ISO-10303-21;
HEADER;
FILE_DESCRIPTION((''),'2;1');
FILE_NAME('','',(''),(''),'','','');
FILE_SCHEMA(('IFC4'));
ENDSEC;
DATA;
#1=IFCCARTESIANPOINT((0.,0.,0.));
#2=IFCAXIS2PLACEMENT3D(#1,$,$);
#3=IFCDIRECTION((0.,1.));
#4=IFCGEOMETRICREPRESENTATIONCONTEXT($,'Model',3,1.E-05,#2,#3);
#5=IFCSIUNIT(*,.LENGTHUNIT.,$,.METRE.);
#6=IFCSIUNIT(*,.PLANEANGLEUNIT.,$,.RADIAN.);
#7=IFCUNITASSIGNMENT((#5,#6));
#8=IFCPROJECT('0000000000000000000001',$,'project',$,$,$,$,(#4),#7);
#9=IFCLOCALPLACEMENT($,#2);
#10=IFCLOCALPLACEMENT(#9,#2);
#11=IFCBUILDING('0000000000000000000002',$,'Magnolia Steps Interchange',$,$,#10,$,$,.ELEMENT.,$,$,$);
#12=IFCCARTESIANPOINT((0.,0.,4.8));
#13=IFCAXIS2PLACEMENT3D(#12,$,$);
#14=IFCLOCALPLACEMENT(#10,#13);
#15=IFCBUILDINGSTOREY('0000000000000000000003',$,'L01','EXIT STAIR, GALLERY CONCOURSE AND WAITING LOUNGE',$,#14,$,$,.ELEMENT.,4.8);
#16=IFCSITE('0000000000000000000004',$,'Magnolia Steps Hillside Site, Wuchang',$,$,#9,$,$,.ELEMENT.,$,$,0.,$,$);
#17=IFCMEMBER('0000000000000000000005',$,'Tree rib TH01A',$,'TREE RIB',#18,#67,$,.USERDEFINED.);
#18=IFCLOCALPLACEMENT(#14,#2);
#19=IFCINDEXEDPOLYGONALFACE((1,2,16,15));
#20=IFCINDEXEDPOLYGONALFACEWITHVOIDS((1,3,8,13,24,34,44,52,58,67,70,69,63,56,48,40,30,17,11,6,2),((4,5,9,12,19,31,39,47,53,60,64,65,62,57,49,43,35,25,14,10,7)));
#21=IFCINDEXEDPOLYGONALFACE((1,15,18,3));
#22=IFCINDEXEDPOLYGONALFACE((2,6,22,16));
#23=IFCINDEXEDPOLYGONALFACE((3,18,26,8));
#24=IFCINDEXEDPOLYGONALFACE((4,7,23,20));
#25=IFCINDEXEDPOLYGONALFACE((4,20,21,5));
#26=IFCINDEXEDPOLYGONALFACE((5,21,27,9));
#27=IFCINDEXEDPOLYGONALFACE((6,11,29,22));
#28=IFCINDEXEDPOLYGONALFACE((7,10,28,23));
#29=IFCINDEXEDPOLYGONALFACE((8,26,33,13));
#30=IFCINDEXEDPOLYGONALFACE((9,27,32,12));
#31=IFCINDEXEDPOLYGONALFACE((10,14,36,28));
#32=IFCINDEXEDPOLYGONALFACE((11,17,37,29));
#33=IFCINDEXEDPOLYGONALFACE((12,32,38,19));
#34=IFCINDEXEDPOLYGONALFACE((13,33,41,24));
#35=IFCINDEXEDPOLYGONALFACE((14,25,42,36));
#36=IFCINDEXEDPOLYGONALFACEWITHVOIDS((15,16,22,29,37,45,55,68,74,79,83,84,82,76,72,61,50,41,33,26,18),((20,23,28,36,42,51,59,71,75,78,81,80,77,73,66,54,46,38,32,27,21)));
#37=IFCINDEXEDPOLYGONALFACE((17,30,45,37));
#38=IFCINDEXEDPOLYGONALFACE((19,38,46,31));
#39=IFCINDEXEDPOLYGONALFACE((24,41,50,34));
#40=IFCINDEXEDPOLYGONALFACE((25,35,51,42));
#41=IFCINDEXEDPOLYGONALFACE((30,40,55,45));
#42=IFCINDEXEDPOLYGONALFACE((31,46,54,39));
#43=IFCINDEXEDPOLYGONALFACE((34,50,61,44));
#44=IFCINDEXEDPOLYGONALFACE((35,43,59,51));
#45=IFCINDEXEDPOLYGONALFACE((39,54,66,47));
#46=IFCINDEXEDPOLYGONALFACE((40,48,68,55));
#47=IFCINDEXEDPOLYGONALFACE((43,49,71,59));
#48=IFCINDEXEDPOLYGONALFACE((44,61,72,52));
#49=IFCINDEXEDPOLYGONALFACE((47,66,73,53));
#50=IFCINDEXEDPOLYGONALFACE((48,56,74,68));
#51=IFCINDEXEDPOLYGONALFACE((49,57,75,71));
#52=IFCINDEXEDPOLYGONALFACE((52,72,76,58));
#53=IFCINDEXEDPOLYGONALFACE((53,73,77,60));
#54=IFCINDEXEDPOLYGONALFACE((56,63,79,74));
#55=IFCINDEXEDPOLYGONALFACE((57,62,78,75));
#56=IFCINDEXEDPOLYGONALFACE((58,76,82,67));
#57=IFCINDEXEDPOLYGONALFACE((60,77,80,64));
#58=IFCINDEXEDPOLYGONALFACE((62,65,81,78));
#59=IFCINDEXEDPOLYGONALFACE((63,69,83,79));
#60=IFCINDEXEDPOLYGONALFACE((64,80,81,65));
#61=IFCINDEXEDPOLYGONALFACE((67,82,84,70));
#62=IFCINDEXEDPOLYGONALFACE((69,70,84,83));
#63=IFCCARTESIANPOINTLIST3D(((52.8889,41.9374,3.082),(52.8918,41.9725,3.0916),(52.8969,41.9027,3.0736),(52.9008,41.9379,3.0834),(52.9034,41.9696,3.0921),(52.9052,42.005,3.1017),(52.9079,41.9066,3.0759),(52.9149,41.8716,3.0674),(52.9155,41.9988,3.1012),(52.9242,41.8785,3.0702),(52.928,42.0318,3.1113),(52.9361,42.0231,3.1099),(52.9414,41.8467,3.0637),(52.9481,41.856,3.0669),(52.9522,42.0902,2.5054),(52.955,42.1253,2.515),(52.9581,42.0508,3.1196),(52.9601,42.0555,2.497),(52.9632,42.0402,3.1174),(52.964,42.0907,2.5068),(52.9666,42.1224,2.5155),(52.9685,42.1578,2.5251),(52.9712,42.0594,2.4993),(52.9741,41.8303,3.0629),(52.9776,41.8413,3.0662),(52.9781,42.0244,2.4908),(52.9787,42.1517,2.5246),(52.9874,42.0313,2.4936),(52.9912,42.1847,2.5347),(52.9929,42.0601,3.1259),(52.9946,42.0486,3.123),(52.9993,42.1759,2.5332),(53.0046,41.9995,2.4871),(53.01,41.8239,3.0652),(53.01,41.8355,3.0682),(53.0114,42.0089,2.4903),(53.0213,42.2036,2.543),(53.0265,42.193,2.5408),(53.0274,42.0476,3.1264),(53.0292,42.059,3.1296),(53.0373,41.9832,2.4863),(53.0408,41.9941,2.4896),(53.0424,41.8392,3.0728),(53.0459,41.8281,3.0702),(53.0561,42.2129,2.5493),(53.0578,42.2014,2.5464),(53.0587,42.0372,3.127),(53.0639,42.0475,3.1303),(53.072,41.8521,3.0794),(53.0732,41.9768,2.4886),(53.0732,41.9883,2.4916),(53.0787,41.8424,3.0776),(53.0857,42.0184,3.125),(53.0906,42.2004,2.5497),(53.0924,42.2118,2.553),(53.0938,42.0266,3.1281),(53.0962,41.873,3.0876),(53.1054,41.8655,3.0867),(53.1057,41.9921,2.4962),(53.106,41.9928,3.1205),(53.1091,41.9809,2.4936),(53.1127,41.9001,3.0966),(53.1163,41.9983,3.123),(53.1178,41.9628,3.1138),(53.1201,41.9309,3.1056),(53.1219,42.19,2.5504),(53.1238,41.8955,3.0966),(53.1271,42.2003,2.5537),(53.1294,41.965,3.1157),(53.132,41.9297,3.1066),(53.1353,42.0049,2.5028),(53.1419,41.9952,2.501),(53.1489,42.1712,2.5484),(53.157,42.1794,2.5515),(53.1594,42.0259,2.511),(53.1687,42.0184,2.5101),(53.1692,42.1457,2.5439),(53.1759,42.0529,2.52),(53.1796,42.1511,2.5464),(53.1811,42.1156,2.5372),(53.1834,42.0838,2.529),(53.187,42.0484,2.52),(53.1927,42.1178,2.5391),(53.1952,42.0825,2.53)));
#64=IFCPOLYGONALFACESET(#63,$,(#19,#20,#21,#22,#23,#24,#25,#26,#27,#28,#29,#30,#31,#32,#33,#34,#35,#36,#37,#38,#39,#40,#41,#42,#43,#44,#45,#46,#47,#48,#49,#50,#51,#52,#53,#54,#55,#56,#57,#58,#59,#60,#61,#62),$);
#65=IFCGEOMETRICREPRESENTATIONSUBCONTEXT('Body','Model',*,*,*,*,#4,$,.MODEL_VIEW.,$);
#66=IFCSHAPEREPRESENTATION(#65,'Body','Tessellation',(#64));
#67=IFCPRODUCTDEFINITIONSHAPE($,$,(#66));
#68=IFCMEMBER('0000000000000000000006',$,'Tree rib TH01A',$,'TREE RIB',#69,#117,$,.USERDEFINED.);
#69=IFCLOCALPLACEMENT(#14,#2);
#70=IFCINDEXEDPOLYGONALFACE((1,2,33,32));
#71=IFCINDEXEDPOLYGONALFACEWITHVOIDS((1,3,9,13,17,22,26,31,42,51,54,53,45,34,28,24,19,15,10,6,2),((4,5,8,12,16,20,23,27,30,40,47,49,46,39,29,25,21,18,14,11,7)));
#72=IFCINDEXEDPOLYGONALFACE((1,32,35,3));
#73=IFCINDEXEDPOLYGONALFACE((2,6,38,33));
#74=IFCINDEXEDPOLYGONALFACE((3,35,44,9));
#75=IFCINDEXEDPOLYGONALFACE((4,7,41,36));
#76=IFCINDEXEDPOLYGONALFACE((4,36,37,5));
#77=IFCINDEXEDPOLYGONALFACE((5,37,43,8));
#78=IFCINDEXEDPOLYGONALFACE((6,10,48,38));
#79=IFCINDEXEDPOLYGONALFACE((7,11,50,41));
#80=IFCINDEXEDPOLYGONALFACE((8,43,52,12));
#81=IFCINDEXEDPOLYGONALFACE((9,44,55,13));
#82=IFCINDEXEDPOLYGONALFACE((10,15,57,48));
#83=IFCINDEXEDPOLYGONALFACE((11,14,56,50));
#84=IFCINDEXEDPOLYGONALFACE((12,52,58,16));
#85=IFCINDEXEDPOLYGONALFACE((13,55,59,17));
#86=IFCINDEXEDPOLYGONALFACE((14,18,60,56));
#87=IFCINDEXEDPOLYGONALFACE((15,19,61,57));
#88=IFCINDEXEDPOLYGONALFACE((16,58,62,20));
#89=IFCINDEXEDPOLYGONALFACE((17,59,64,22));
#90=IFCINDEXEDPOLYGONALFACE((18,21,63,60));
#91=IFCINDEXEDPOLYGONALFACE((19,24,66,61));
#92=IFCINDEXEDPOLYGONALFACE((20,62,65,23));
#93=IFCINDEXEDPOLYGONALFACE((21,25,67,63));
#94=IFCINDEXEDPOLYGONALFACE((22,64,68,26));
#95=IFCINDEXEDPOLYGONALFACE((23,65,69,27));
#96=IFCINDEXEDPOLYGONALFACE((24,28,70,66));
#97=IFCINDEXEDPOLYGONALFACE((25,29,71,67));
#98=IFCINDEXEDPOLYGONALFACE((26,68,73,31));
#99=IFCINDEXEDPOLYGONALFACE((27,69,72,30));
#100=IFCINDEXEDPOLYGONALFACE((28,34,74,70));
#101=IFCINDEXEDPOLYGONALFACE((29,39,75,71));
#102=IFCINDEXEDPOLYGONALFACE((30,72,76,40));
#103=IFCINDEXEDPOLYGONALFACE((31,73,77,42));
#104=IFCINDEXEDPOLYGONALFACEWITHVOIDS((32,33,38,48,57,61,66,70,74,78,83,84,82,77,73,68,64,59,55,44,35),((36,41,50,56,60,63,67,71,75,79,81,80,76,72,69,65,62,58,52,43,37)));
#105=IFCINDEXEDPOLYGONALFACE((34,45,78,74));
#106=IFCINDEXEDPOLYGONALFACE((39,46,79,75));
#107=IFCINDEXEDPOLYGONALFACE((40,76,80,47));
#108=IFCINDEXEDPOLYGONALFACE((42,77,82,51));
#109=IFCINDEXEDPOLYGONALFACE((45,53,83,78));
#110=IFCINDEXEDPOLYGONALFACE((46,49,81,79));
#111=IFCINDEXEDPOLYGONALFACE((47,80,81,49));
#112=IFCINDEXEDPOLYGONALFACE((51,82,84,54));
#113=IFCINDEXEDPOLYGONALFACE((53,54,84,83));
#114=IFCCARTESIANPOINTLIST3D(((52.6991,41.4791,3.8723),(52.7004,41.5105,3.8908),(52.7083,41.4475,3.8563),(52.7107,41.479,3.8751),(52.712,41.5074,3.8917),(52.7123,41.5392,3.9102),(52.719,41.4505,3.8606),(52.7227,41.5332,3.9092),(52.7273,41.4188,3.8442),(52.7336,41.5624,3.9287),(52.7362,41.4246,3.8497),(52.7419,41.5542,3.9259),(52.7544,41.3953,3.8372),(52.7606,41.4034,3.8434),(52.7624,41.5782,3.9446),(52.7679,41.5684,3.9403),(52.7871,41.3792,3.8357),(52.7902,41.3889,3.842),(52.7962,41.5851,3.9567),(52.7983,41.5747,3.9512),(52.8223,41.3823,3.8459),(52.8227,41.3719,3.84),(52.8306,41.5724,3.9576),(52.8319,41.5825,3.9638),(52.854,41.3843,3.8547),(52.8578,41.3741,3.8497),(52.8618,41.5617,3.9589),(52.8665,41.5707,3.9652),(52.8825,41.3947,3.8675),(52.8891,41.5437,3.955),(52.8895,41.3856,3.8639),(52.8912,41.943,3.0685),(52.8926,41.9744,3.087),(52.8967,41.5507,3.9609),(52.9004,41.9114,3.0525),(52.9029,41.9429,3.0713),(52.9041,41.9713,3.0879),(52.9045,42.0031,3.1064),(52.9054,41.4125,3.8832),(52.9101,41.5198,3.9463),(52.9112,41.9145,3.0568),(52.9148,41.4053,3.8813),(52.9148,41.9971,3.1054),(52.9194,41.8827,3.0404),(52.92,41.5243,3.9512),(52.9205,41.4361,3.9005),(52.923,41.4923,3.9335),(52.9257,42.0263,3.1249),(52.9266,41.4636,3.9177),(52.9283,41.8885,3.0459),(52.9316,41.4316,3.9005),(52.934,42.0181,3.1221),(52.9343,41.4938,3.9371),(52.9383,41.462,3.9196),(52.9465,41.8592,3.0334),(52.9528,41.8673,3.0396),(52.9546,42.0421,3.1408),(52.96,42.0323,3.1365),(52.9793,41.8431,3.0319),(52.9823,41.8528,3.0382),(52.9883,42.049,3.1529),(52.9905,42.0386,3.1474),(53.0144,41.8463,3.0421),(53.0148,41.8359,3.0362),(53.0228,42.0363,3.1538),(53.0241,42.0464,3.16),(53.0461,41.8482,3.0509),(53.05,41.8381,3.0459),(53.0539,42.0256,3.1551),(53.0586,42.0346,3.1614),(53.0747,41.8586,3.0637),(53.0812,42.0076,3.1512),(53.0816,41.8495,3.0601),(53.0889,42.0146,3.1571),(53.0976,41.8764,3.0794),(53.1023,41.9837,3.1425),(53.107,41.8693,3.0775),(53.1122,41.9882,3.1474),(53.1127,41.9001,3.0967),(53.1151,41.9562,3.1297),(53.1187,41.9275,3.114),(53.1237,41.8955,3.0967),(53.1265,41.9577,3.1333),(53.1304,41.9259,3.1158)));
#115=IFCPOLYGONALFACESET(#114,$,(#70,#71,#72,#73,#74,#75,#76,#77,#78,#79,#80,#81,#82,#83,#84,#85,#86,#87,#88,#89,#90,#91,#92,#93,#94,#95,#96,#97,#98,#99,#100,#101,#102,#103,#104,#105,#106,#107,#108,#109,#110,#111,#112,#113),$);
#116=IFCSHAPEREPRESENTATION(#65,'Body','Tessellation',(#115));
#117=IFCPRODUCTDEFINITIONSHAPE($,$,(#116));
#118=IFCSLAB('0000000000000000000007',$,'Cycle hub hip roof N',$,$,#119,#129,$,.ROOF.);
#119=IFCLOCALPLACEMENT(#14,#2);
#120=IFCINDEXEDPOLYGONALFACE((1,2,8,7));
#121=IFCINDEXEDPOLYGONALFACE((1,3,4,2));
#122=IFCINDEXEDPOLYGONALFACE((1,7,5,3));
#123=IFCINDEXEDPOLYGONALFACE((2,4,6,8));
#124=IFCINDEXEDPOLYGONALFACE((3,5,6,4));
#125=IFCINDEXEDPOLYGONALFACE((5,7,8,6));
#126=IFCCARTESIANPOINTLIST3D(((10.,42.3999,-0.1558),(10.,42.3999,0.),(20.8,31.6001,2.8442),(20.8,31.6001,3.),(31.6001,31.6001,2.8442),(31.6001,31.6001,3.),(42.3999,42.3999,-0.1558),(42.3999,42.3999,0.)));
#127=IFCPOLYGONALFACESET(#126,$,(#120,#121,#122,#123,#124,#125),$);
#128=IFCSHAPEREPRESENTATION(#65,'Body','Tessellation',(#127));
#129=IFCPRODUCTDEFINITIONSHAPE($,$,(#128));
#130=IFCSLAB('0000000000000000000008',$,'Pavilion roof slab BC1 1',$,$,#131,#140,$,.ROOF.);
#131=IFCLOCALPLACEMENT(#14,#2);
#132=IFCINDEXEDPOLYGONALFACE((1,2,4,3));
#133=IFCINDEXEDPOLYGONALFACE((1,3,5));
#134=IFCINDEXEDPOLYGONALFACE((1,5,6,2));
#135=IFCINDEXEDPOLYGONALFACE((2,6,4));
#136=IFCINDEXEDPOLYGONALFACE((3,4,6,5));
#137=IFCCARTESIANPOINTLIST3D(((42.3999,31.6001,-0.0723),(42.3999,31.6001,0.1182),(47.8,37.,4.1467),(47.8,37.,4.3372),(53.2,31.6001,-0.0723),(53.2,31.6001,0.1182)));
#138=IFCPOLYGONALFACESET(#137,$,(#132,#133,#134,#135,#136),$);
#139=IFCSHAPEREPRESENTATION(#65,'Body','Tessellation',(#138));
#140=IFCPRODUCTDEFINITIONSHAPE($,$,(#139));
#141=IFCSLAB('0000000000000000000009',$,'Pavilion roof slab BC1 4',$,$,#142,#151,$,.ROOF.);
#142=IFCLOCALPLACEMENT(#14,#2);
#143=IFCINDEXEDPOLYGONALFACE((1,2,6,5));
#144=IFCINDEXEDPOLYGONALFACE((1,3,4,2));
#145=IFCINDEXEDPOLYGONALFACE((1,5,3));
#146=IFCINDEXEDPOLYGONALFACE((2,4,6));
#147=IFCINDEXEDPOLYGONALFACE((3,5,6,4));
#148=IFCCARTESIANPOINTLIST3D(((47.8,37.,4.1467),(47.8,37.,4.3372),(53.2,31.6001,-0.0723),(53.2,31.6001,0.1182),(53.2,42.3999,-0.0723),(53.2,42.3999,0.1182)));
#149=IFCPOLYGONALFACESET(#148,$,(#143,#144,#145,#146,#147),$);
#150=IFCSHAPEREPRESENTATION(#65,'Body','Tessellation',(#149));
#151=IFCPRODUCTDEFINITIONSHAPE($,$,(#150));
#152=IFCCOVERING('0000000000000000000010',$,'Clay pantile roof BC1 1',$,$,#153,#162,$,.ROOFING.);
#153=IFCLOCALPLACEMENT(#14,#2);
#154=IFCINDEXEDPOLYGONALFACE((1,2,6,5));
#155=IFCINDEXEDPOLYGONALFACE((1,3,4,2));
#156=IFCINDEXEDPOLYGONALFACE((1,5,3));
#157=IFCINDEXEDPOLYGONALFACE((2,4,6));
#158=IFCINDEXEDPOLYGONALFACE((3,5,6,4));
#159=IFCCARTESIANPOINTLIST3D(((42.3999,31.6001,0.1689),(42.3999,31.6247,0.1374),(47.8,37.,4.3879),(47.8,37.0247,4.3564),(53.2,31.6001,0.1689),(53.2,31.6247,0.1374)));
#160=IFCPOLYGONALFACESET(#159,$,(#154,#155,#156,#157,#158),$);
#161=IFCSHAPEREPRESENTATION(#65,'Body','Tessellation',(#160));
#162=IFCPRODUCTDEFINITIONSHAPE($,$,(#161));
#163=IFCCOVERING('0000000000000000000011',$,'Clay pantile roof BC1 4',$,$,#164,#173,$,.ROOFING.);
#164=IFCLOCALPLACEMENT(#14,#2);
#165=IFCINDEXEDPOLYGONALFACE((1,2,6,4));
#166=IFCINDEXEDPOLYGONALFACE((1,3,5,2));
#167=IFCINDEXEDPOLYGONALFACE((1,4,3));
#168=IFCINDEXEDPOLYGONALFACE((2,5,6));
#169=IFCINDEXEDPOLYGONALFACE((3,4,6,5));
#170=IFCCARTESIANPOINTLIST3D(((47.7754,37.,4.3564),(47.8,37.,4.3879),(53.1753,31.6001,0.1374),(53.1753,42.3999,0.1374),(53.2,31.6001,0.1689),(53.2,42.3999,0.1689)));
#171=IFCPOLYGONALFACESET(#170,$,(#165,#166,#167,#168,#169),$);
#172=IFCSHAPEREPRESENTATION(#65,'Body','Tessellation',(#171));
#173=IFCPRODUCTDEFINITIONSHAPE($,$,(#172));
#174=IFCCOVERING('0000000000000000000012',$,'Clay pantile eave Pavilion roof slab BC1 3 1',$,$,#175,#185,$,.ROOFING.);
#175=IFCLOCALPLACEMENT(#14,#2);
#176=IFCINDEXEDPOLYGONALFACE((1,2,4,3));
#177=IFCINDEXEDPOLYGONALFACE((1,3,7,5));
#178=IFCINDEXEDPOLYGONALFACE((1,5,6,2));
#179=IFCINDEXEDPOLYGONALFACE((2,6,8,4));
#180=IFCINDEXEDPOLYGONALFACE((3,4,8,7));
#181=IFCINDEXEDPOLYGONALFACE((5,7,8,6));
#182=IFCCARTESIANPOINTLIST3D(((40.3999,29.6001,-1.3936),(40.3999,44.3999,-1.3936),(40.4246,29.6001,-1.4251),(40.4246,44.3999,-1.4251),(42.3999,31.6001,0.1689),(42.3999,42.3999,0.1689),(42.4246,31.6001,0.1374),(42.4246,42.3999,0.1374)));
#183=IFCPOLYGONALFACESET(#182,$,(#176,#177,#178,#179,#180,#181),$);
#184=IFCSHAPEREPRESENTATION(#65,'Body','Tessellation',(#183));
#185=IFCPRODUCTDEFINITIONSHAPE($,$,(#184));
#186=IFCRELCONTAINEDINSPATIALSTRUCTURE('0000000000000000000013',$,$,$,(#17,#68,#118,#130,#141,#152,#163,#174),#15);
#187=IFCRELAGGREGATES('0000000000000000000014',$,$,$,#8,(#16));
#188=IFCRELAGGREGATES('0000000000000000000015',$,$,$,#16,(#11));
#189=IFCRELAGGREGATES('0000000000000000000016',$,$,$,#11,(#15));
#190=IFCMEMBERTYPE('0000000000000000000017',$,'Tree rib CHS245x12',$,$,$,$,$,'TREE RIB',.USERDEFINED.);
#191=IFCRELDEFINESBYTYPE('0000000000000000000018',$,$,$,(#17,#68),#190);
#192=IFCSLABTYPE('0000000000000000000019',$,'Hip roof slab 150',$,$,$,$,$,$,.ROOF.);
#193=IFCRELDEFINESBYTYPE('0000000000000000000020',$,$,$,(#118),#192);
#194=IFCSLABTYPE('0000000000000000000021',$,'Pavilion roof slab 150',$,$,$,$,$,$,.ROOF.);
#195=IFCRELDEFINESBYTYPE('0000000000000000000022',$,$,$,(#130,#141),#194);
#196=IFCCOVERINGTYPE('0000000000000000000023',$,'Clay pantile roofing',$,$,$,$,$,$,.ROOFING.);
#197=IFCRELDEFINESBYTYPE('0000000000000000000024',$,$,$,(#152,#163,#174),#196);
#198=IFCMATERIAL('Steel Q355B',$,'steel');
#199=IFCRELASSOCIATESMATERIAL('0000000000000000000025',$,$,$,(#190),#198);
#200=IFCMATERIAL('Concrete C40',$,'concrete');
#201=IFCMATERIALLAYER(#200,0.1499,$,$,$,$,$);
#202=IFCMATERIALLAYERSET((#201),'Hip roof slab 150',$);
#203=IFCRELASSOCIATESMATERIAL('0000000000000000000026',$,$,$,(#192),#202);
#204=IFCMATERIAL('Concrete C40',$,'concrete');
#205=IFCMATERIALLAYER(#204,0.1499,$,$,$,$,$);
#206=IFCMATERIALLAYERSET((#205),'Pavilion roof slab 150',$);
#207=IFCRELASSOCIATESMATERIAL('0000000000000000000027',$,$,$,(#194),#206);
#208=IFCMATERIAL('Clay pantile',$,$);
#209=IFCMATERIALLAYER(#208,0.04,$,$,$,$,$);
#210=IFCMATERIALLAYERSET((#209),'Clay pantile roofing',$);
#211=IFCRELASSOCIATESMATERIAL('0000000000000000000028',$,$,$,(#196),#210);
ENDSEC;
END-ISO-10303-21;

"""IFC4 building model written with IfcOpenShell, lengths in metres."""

from ifc_helpers import new_model, si_unit, direction, frame, origin, origin_2d, place, context, subcontext, project, spatial, polyline, hollow_circle, outline, extrude, material, layer, layer_set, material_profile, profile_set, type_object, element, save


model = new_model("IFC4")

# Units and contexts
model_context = context("Model", 3, precision=1e-05, world=origin(), true_north=direction((0.0, 1.0)))
body_context = subcontext(model_context, "Body", "Model", "MODEL_VIEW")
ifc_project = project(units=[si_unit("LENGTHUNIT", "METRE"), si_unit("PLANEANGLEUNIT", "RADIAN")], contexts=[model_context])

# Site, building, storey
site_placement = place(None, origin())
site = spatial("IfcSite", under=ifc_project, at=site_placement, Name="Magnolia Steps Hillside Site, Wuchang", CompositionType="ELEMENT", RefElevation=0.0)
building_placement = place(site_placement, origin())
building = spatial("IfcBuilding", under=site, at=building_placement, Name="Magnolia Steps Interchange", CompositionType="ELEMENT")
storey_placement = place(building_placement, frame((0.0, 0.0, 4.8)))
storey = spatial("IfcBuildingStorey", under=building, at=storey_placement, Name="L01", Description="EXIT STAIR, GALLERY CONCOURSE AND WAITING LOUNGE", CompositionType="ELEMENT", Elevation=4.8)

# Members
ifc_material_1 = material(Name="Steel Q355B", Category="steel")
ifc_material_profile_1 = material_profile(ifc_material_1, hollow_circle(Radius=0.1226, WallThickness=0.012, at=origin_2d()), Name="CHS245x12")
ifc_profile_set_1 = profile_set([ifc_material_profile_1], Name="Steel Q355B")
member_type_1 = type_object("IfcMemberType", Name="Tree rib CHS245x12", ElementType="TREE RIB", PredefinedType="USERDEFINED", material=ifc_profile_set_1)
member_1_placement = place(storey_placement, frame((53.0737, 42.0952, 2.52), z_axis=(-0.105403, -0.254758, 0.961243), x_axis=(0.924035, -0.382308, 0.0)))
element("IfcMember", 1, at=member_1_placement, inside=storey, type_object=member_type_1, Name="Tree rib TH01A", ObjectType="TREE RIB", PredefinedType="USERDEFINED", context=body_context, shape_type="SweptSolid", body=[
    extrude(hollow_circle(Radius=0.1226, WallThickness=0.012, at=origin_2d()), origin(), (0.0, 0.0, 1.0), 0.5999),
])
member_2_placement = place(storey_placement, frame((53.0105, 41.9424, 3.0967), z_axis=(-0.202753, -0.489492, 0.848109), x_axis=(0.923881, -0.382681, 0.0)))
element("IfcMember", 2, at=member_2_placement, inside=storey, type_object=member_type_1, Name="Tree rib TH01A", ObjectType="TREE RIB", PredefinedType="USERDEFINED", context=body_context, shape_type="SweptSolid", body=[
    extrude(hollow_circle(Radius=0.1226, WallThickness=0.012, at=origin_2d()), origin(), (0.0, 0.0, 1.0), 0.9478),
])

# Slabs
ifc_material_2 = material(Name="Concrete C40", Category="concrete")
ifc_layer_1 = layer(ifc_material_2, 0.1499)
ifc_layer_set_1 = layer_set([ifc_layer_1], Name="Hip roof slab 150")
slab_type_1 = type_object("IfcSlabType", Name="Hip roof slab 150", PredefinedType="ROOF", material=ifc_layer_set_1)
slab_1_placement = place(storey_placement, frame((42.3999, 42.3999, 0.0), z_axis=(0.0, 0.267648, 0.963517), x_axis=(-1.0, 0.0, 0.0)))
element("IfcSlab", 3, at=slab_1_placement, inside=storey, type_object=slab_type_1, Name="Cycle hub hip roof N", PredefinedType="ROOF", context=body_context, shape_type="SweptSolid", body=[
    extrude(outline(polyline([(0.0, 0.0), (32.3999, 0.0), (21.5999, 11.2087), (10.7998, 11.2087), (0.0, 0.0)])), origin(), (0.0, -0.267648, -0.963517), 0.1558),
])
ifc_material_3 = material(Name="Concrete C40", Category="concrete")
ifc_layer_2 = layer(ifc_material_3, 0.1499)
ifc_layer_set_2 = layer_set([ifc_layer_2], Name="Pavilion roof slab 150")
slab_type_2 = type_object("IfcSlabType", Name="Pavilion roof slab 150", PredefinedType="ROOF", material=ifc_layer_set_2)
slab_2_placement = place(storey_placement, frame((42.3999, 31.6001, 0.1182), z_axis=(0.0, -0.615673, 0.788002), x_axis=(1.0, 0.0, 0.0)))
element("IfcSlab", 4, at=slab_2_placement, inside=storey, type_object=slab_type_2, Name="Pavilion roof slab BC1 1", PredefinedType="ROOF", context=body_context, shape_type="SweptSolid", body=[
    extrude(outline(polyline([(0.0, 0.0), (10.8, 0.0), (5.4001, 6.8527), (0.0, 0.0)])), origin(), (0.0, -0.615673, -0.788002), 0.1904),
])
slab_3_placement = place(storey_placement, frame((53.2, 31.6001, 0.1182), z_axis=(0.615673, 0.0, 0.788002), x_axis=(0.0, 1.0, 0.0)))
element("IfcSlab", 5, at=slab_3_placement, inside=storey, type_object=slab_type_2, Name="Pavilion roof slab BC1 4", PredefinedType="ROOF", context=body_context, shape_type="SweptSolid", body=[
    extrude(outline(polyline([(0.0, 0.0), (10.7998, 0.0), (5.3999, 6.8527), (0.0, 0.0)])), origin(), (0.0, -0.615673, -0.788002), 0.1904),
])

# Coverings
ifc_material_4 = material(Name="Clay pantile")
ifc_layer_3 = layer(ifc_material_4, 0.04)
ifc_layer_set_3 = layer_set([ifc_layer_3], Name="Clay pantile roofing")
covering_type = type_object("IfcCoveringType", Name="Clay pantile roofing", PredefinedType="ROOFING", material=ifc_layer_set_3)
covering_1_placement = place(storey_placement, frame((42.3999, 31.6001, 0.1689), z_axis=(0.0, -0.615673, 0.788002), x_axis=(1.0, 0.0, 0.0)))
element("IfcCovering", 6, at=covering_1_placement, inside=storey, type_object=covering_type, Name="Clay pantile roof BC1 1", PredefinedType="ROOFING", context=body_context, shape_type="SweptSolid", body=[
    extrude(outline(polyline([(0.0, 0.0), (10.8, 0.0), (5.4001, 6.8527), (0.0, 0.0)])), origin(), (0.0, 0.0, -1.0), 0.04),
])
covering_2_placement = place(storey_placement, frame((53.2, 31.6001, 0.1689), z_axis=(0.615673, 0.0, 0.788002), x_axis=(0.0, 1.0, 0.0)))
element("IfcCovering", 7, at=covering_2_placement, inside=storey, type_object=covering_type, Name="Clay pantile roof BC1 4", PredefinedType="ROOFING", context=body_context, shape_type="SweptSolid", body=[
    extrude(outline(polyline([(0.0, 0.0), (10.7998, 0.0), (5.3999, 6.8527), (0.0, 0.0)])), origin(), (0.0, 0.0, -1.0), 0.04),
])
covering_3_placement = place(storey_placement, frame((42.3999, 31.6001, 0.1689), z_axis=(-0.615644, 0.0, 0.788024), x_axis=(-0.618943, -0.618943, -0.483549)))
element("IfcCovering", 8, at=covering_3_placement, inside=storey, type_object=covering_type, Name="Clay pantile eave Pavilion roof slab BC1 3 1", PredefinedType="ROOFING", context=body_context, shape_type="SweptSolid", body=[
    extrude(outline(polyline([(0.0, 0.0), (3.2313, 0.0), (-5.9289, -11.6243), (-6.6845, -8.4826), (0.0, 0.0)])), origin(), (0.0, 0.0, -1.0), 0.04),
])

save(model, "model.ifc")
